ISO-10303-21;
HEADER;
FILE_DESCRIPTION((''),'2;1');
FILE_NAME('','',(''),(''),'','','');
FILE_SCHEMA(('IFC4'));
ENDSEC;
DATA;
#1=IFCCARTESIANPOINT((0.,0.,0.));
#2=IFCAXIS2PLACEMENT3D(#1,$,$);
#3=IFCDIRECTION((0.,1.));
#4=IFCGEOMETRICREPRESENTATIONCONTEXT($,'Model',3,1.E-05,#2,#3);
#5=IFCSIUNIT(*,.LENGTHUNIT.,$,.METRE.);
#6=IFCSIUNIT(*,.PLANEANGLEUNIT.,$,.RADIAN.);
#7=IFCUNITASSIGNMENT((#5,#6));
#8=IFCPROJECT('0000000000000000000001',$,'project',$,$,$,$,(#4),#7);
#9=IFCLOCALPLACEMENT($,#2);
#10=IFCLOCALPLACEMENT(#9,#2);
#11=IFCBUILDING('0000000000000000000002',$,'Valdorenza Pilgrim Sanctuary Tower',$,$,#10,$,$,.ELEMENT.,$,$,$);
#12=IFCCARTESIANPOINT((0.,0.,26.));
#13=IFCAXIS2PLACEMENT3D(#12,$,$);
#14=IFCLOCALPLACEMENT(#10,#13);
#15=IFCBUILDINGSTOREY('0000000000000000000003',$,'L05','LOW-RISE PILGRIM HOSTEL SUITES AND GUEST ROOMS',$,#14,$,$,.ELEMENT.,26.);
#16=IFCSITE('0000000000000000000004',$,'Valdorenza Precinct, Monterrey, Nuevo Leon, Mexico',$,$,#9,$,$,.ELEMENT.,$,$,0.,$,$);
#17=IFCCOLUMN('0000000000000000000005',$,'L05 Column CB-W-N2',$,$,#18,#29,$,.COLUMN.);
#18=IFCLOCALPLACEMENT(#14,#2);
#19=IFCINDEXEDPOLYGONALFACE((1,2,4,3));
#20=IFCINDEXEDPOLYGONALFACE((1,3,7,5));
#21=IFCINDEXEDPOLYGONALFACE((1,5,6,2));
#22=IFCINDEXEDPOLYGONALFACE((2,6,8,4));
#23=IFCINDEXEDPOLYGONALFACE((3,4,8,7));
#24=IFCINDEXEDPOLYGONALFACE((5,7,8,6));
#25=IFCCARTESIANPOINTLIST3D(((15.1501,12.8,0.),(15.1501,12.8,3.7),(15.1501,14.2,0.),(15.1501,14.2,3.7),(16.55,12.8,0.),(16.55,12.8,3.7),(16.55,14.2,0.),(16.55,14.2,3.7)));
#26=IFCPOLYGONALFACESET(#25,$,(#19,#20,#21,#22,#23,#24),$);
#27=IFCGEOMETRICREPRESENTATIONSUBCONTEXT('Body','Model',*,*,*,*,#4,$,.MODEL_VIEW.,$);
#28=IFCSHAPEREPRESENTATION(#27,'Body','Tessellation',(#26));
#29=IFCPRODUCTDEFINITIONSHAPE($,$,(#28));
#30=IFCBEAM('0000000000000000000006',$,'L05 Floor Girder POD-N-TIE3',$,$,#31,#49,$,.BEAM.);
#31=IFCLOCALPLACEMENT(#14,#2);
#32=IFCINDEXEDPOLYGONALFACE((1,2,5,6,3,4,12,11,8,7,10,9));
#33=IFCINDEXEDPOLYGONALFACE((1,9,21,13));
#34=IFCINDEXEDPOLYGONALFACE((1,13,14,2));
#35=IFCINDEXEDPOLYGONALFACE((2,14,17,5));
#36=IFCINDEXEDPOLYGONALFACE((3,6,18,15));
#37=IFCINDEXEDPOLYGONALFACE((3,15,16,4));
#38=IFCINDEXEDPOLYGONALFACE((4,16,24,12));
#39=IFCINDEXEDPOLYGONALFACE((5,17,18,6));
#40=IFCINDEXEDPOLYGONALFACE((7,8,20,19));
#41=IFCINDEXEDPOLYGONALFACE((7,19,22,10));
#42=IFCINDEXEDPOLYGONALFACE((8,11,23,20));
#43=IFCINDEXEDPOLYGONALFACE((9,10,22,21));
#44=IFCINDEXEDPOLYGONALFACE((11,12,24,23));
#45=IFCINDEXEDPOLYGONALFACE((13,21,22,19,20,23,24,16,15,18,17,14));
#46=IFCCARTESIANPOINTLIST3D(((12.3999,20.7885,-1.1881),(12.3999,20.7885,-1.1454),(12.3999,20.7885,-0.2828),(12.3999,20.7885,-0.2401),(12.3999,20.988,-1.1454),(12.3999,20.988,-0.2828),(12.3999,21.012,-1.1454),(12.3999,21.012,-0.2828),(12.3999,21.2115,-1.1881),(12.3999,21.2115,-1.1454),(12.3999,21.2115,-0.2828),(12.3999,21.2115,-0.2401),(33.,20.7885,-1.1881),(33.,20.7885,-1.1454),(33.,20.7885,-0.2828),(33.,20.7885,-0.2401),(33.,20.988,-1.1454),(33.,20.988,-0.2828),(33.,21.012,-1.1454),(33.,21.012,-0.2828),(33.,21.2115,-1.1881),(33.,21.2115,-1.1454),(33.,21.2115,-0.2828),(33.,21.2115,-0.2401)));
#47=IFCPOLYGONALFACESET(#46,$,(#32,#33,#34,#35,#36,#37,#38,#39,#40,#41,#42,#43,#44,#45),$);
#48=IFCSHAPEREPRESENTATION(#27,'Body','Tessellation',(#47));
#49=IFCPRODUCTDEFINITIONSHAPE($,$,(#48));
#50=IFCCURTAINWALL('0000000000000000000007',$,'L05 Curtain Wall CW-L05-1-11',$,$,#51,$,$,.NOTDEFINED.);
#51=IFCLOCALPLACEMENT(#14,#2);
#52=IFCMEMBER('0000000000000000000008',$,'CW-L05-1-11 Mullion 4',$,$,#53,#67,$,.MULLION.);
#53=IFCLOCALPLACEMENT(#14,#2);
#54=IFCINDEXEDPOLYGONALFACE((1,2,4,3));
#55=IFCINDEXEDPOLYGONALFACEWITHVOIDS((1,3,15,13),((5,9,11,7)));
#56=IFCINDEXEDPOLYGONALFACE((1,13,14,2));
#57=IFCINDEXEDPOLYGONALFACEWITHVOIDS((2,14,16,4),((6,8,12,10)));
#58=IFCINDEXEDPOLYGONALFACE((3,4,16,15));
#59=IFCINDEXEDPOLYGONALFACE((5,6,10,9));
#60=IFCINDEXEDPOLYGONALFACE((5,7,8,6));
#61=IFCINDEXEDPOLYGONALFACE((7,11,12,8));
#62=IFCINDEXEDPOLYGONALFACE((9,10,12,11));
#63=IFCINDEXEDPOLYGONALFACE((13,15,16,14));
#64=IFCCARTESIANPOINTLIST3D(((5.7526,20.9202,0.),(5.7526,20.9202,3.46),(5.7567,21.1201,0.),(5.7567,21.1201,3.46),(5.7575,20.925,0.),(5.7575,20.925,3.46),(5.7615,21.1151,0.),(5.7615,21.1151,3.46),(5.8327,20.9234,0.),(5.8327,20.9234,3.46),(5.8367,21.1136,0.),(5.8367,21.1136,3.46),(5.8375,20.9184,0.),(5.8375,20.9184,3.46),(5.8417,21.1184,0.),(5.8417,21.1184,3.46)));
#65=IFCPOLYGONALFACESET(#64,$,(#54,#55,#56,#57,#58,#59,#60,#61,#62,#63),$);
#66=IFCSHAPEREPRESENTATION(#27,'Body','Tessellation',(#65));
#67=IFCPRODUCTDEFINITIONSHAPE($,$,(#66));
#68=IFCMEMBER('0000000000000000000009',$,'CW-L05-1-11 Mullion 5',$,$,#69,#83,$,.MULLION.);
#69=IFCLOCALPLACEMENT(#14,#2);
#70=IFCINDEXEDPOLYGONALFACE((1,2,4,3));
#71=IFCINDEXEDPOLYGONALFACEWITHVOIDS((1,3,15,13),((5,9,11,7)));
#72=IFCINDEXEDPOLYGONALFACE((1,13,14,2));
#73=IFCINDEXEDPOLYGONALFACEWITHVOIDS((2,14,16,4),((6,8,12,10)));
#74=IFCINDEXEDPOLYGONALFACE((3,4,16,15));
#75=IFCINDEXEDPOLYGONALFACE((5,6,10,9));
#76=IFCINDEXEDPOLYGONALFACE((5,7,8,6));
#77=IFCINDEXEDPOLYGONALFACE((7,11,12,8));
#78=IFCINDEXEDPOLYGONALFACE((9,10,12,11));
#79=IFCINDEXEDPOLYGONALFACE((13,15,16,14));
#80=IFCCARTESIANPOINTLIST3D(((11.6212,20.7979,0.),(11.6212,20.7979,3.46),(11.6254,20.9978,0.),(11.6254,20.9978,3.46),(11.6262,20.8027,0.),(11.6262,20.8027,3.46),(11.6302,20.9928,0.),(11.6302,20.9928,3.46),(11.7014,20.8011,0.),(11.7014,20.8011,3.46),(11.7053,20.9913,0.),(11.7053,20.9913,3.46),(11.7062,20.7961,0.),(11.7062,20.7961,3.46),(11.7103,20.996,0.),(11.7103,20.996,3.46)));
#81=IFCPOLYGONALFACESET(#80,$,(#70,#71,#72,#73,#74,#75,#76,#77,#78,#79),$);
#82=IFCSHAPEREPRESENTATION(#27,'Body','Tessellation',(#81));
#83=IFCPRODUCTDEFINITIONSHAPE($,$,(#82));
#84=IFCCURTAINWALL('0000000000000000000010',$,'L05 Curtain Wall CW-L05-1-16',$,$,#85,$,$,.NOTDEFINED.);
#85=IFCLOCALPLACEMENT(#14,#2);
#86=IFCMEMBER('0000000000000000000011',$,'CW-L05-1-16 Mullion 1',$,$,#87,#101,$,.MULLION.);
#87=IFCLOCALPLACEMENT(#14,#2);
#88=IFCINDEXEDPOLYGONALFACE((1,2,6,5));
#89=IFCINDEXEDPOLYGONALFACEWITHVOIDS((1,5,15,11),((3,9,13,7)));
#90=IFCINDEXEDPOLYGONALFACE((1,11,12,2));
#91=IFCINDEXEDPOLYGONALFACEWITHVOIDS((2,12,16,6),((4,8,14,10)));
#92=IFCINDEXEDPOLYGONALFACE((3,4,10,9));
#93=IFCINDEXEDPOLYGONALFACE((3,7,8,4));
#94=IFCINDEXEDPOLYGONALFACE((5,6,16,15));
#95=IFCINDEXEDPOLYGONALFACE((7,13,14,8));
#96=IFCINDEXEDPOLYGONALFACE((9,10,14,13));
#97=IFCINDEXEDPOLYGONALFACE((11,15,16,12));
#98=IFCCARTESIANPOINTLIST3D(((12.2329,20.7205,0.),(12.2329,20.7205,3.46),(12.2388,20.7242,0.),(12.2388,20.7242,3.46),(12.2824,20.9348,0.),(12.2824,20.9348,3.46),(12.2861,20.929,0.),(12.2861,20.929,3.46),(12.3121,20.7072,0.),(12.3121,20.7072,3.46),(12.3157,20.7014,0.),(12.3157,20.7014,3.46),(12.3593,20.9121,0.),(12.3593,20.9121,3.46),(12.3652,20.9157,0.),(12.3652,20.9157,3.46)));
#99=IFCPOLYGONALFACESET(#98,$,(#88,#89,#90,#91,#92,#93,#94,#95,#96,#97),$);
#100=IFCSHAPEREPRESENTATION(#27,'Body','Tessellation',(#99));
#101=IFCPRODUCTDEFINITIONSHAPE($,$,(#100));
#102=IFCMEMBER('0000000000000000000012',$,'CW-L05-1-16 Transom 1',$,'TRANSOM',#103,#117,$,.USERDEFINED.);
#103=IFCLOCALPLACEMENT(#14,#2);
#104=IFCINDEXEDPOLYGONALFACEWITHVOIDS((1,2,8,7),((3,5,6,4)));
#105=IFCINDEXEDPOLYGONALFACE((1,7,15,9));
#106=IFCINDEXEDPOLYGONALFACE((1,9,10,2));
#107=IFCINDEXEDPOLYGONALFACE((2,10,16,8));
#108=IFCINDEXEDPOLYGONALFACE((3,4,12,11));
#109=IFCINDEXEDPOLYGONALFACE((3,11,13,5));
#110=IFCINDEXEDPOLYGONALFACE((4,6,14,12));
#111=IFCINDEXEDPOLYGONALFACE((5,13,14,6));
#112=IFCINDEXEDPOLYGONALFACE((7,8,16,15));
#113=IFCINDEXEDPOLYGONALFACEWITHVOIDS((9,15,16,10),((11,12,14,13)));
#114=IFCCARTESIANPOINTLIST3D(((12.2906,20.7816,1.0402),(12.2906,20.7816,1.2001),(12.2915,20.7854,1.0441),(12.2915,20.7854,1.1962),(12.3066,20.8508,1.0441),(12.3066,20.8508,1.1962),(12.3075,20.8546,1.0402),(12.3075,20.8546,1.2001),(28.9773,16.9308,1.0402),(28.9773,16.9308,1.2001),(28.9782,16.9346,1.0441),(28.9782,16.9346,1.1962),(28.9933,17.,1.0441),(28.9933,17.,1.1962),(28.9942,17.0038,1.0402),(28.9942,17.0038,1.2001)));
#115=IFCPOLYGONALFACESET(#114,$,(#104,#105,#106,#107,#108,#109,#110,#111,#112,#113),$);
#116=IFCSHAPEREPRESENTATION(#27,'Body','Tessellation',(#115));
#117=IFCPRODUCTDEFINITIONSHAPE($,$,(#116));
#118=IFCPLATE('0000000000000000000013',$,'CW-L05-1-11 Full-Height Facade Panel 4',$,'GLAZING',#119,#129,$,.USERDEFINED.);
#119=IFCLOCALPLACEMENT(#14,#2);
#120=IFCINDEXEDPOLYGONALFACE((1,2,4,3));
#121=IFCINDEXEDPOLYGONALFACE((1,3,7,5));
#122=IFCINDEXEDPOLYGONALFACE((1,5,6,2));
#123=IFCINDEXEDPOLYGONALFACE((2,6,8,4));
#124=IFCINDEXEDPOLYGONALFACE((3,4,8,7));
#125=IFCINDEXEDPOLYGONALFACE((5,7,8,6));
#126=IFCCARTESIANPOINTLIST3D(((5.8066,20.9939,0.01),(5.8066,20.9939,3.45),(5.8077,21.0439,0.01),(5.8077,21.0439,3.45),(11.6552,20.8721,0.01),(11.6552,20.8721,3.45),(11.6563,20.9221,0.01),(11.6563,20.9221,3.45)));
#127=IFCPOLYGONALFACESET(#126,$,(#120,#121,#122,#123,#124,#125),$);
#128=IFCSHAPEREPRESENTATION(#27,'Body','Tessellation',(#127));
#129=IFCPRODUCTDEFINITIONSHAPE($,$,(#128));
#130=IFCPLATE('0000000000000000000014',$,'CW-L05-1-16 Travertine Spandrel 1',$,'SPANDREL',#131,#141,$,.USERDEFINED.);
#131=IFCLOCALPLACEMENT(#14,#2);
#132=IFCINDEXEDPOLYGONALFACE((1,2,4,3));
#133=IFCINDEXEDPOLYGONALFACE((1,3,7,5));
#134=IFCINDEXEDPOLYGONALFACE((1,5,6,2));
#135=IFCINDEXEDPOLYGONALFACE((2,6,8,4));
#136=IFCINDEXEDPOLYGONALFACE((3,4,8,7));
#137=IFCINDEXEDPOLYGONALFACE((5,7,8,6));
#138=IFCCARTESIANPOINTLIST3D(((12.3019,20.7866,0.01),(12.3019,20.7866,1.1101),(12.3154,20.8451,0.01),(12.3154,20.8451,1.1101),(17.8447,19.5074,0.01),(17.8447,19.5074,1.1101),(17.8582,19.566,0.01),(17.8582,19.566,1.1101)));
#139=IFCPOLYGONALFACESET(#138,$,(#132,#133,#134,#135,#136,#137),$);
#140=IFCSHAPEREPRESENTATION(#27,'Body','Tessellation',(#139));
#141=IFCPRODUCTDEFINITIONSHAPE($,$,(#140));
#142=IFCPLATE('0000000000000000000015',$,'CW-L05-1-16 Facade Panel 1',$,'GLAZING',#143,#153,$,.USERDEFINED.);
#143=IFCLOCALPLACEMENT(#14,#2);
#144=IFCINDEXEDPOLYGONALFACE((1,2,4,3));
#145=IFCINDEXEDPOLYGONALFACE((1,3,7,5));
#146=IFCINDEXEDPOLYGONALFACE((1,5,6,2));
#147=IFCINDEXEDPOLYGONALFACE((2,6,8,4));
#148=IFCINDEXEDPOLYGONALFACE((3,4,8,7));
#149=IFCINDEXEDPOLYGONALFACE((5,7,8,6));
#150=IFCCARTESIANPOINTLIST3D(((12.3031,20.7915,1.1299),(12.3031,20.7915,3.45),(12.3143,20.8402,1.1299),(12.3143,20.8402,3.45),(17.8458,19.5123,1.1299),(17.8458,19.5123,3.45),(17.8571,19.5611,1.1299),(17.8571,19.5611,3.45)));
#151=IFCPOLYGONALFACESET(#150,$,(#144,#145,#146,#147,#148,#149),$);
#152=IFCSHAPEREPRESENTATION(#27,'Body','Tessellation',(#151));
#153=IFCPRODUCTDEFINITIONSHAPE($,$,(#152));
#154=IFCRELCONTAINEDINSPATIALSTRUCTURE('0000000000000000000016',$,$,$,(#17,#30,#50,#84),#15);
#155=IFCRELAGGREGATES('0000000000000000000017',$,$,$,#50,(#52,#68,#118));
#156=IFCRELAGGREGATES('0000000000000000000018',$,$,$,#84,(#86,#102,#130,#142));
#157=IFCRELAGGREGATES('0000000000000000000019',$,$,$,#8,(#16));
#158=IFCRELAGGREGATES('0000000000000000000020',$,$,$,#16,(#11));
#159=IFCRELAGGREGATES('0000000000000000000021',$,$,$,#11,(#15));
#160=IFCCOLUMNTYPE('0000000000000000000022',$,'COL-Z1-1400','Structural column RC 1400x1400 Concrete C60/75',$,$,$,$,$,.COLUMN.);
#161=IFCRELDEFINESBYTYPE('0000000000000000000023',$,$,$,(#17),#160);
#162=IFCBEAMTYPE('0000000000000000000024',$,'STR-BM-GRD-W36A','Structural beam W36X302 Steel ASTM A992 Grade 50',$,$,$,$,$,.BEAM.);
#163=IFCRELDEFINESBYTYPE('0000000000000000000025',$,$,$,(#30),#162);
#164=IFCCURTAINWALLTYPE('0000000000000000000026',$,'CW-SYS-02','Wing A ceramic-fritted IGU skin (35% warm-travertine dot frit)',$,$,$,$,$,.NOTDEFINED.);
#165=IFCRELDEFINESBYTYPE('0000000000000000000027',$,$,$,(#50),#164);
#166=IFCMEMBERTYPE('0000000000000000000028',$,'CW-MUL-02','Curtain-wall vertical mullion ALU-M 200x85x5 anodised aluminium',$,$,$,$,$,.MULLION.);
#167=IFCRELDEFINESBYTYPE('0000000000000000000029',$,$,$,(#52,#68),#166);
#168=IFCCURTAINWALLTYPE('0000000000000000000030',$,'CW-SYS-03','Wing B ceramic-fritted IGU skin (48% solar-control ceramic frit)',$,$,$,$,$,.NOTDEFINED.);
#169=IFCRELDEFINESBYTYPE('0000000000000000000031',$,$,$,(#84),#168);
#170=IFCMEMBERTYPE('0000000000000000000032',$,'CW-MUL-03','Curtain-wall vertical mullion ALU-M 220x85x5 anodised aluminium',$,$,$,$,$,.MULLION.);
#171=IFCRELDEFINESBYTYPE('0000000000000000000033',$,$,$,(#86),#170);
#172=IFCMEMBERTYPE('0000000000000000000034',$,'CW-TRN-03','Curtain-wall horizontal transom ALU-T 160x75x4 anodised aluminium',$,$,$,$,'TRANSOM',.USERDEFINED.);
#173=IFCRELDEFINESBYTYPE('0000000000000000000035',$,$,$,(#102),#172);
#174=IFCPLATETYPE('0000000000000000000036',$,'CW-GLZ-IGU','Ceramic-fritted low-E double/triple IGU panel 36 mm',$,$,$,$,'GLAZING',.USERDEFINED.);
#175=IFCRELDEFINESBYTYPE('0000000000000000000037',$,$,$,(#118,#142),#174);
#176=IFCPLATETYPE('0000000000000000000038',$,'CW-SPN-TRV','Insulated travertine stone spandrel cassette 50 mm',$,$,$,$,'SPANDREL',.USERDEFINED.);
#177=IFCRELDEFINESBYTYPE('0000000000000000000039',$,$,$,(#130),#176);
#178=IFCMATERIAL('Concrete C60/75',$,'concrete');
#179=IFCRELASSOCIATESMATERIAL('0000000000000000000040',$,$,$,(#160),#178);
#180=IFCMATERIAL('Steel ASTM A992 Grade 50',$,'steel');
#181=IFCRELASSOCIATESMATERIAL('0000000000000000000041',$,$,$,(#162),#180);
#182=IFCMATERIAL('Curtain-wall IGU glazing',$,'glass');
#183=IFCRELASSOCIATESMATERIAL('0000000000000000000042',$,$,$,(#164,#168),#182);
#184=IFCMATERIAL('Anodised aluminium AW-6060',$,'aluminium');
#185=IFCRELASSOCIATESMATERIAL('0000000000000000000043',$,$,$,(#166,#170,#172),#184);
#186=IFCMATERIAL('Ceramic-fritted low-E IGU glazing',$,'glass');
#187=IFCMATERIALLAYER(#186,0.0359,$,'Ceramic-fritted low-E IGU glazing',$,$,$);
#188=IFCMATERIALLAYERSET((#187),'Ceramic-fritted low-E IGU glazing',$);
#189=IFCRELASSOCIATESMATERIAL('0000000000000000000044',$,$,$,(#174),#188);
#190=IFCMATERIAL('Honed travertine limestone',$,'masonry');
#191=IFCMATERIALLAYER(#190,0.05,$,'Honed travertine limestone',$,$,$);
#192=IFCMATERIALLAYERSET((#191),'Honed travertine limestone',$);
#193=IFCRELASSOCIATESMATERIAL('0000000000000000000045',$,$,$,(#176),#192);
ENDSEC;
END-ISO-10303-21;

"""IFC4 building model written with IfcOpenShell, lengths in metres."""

from ifc_helpers import new_model, si_unit, direction, frame, origin, origin_2d, place, context, subcontext, project, spatial, rectangle, hollow_rectangle, i_section, extrude, source, transform, mapped, material, layer, layer_set, material_profile, profile_set, type_object, element, aggregate, save


model = new_model("IFC4")

# Units and contexts
model_context = context("Model", 3, precision=1e-05, world=origin(), true_north=direction((0.0, 1.0)))
body_context = subcontext(model_context, "Body", "Model", "MODEL_VIEW")
ifc_project = project(units=[si_unit("LENGTHUNIT", "METRE"), si_unit("PLANEANGLEUNIT", "RADIAN")], contexts=[model_context])

# Site, building, storey
site_placement = place(None, origin())
site = spatial("IfcSite", under=ifc_project, at=site_placement, Name="Valdorenza Precinct, Monterrey, Nuevo Leon, Mexico", CompositionType="ELEMENT", RefElevation=0.0)
building_placement = place(site_placement, origin())
building = spatial("IfcBuilding", under=site, at=building_placement, Name="Valdorenza Pilgrim Sanctuary Tower", CompositionType="ELEMENT")
storey_placement = place(building_placement, frame((0.0, 0.0, 26.0)))
storey = spatial("IfcBuildingStorey", under=building, at=storey_placement, Name="L05", Description="LOW-RISE PILGRIM HOSTEL SUITES AND GUEST ROOMS", CompositionType="ELEMENT", Elevation=26.0)

# Column
ifc_material_1 = material(Name="Concrete C60/75", Category="concrete")
ifc_material_profile_1 = material_profile(ifc_material_1, rectangle(XDim=1.3999, YDim=1.3999, at=origin_2d()), Name="RC 1400x1400")
ifc_profile_set_1 = profile_set([ifc_material_profile_1], Name="Concrete C60/75")
column_type = type_object("IfcColumnType", Name="COL-Z1-1400", Description="Structural column RC 1400x1400 Concrete C60/75", PredefinedType="COLUMN", material=ifc_profile_set_1)
shared_shape_1 = source(origin(), body_context, "Body", "SweptSolid", [
    extrude(rectangle(XDim=1.3999, YDim=1.3999, at=origin_2d()), origin(), (0.0, 0.0, 1.0), 3.7),
])
column_placement = place(storey_placement, frame((15.8501, 13.5, 0.0), z_axis=(0.0, 0.0, 1.0), x_axis=(1.0, 0.0, 0.0)))
element("IfcColumn", 1, at=column_placement, inside=storey, type_object=column_type, Name="L05 Column CB-W-N2", PredefinedType="COLUMN", context=body_context, shape_type="MappedRepresentation", body=[
    mapped(shared_shape_1, transform((0.0, 0.0, 0.0), x_axis=(1.0, 0.0, 0.0), y_axis=(0.0, 1.0, 0.0), z_axis=(0.0, 0.0, 1.0), scale=1.0)),
])

# Beam
ifc_material_2 = material(Name="Steel ASTM A992 Grade 50", Category="steel")
ifc_material_profile_2 = material_profile(ifc_material_2, i_section(OverallWidth=0.4231, OverallDepth=0.948, WebThickness=0.0239, FlangeThickness=0.0427, at=origin_2d()), Name="W36X302")
ifc_profile_set_2 = profile_set([ifc_material_profile_2], Name="Steel ASTM A992 Grade 50")
beam_type = type_object("IfcBeamType", Name="STR-BM-GRD-W36A", Description="Structural beam W36X302 Steel ASTM A992 Grade 50", PredefinedType="BEAM", material=ifc_profile_set_2)
shared_shape_2 = source(origin(), body_context, "Body", "SweptSolid", [
    extrude(i_section(OverallWidth=0.4231, OverallDepth=0.948, WebThickness=0.0239, FlangeThickness=0.0427, at=origin_2d()), origin(), (0.0, 0.0, 1.0), 20.6001),
])
beam_placement = place(storey_placement, frame((12.3999, 21.0, -0.7141), z_axis=(1.0, 0.0, 0.0), x_axis=(0.0, 1.0, 0.0)))
element("IfcBeam", 2, at=beam_placement, inside=storey, type_object=beam_type, Name="L05 Floor Girder POD-N-TIE3", PredefinedType="BEAM", context=body_context, shape_type="MappedRepresentation", body=[
    mapped(shared_shape_2, transform((0.0, 0.0, 0.0), x_axis=(1.0, 0.0, 0.0), y_axis=(0.0, 1.0, 0.0), z_axis=(0.0, 0.0, 1.0), scale=1.0)),
])

# Curtain walls, members
ifc_material_3 = material(Name="Curtain-wall IGU glazing", Category="glass")
curtain_wall_type_1 = type_object("IfcCurtainWallType", Name="CW-SYS-02", Description="Wing A ceramic-fritted IGU skin (35% warm-travertine dot frit)", PredefinedType="NOTDEFINED", material=ifc_material_3)
curtain_wall_1_placement = place(storey_placement, origin())
curtain_wall_1 = element("IfcCurtainWall", 3, at=curtain_wall_1_placement, inside=storey, type_object=curtain_wall_type_1, Name="L05 Curtain Wall CW-L05-1-11", PredefinedType="NOTDEFINED")
ifc_material_4 = material(Name="Anodised aluminium AW-6060", Category="aluminium")
ifc_material_profile_3 = material_profile(ifc_material_4, hollow_rectangle(XDim=0.085, YDim=0.2, WallThickness=0.0049, at=origin_2d()), Name="ALU-M 200x85x5")
ifc_profile_set_3 = profile_set([ifc_material_profile_3], Name="Anodised aluminium AW-6060")
member_type_1 = type_object("IfcMemberType", Name="CW-MUL-02", Description="Curtain-wall vertical mullion ALU-M 200x85x5 anodised aluminium", PredefinedType="MULLION", material=ifc_profile_set_3)
shared_shape_3 = source(origin(), body_context, "Body", "SweptSolid", [
    extrude(hollow_rectangle(XDim=0.085, YDim=0.2, WallThickness=0.0049, at=origin_2d()), origin(), (0.0, 0.0, 1.0), 3.46),
])
member_1_placement = place(storey_placement, frame((5.7971, 21.0193, 0.0), z_axis=(0.0, 0.0, 1.0), x_axis=(0.999783, -0.02082, 0.0)))
member_1 = element("IfcMember", 4, at=member_1_placement, type_object=member_type_1, Name="CW-L05-1-11 Mullion 4", PredefinedType="MULLION", context=body_context, shape_type="MappedRepresentation", body=[
    mapped(shared_shape_3, transform((0.0, 0.0, 0.0), x_axis=(1.0, 0.0, 0.0), y_axis=(0.0, 1.0, 0.0), z_axis=(0.0, 0.0, 1.0), scale=1.0)),
])
member_2_placement = place(storey_placement, frame((11.6658, 20.897, 0.0), z_axis=(0.0, 0.0, 1.0), x_axis=(0.999783, -0.02082, 0.0)))
member_2 = element("IfcMember", 5, at=member_2_placement, type_object=member_type_1, Name="CW-L05-1-11 Mullion 5", PredefinedType="MULLION", context=body_context, shape_type="MappedRepresentation", body=[
    mapped(shared_shape_3, transform((0.0, 0.0, 0.0), x_axis=(1.0, 0.0, 0.0), y_axis=(0.0, 1.0, 0.0), z_axis=(0.0, 0.0, 1.0), scale=1.0)),
])
curtain_wall_type_2 = type_object("IfcCurtainWallType", Name="CW-SYS-03", Description="Wing B ceramic-fritted IGU skin (48% solar-control ceramic frit)", PredefinedType="NOTDEFINED", material=ifc_material_3)
curtain_wall_2_placement = place(storey_placement, origin())
curtain_wall_2 = element("IfcCurtainWall", 6, at=curtain_wall_2_placement, inside=storey, type_object=curtain_wall_type_2, Name="L05 Curtain Wall CW-L05-1-16", PredefinedType="NOTDEFINED")
ifc_material_profile_4 = material_profile(ifc_material_4, hollow_rectangle(XDim=0.085, YDim=0.22, WallThickness=0.0049, at=origin_2d()), Name="ALU-M 220x85x5")
ifc_profile_set_4 = profile_set([ifc_material_profile_4], Name="Anodised aluminium AW-6060")
member_type_2 = type_object("IfcMemberType", Name="CW-MUL-03", Description="Curtain-wall vertical mullion ALU-M 220x85x5 anodised aluminium", PredefinedType="MULLION", material=ifc_profile_set_4)
shared_shape_4 = source(origin(), body_context, "Body", "SweptSolid", [
    extrude(hollow_rectangle(XDim=0.085, YDim=0.22, WallThickness=0.0049, at=origin_2d()), origin(), (0.0, 0.0, 1.0), 3.46),
])
member_3_placement = place(storey_placement, frame((12.2991, 20.8181, 0.0), z_axis=(0.0, 0.0, 1.0), x_axis=(0.97439, -0.224866, 0.0)))
member_3 = element("IfcMember", 7, at=member_3_placement, type_object=member_type_2, Name="CW-L05-1-16 Mullion 1", PredefinedType="MULLION", context=body_context, shape_type="MappedRepresentation", body=[
    mapped(shared_shape_4, transform((0.0, 0.0, 0.0), x_axis=(1.0, 0.0, 0.0), y_axis=(0.0, 1.0, 0.0), z_axis=(0.0, 0.0, 1.0), scale=1.0)),
])
ifc_material_profile_5 = material_profile(ifc_material_4, hollow_rectangle(XDim=0.075, YDim=0.1599, WallThickness=0.0039, at=origin_2d()), Name="ALU-T 160x75x4")
ifc_profile_set_5 = profile_set([ifc_material_profile_5], Name="Anodised aluminium AW-6060")
member_type_3 = type_object("IfcMemberType", Name="CW-TRN-03", Description="Curtain-wall horizontal transom ALU-T 160x75x4 anodised aluminium", ElementType="TRANSOM", PredefinedType="USERDEFINED", material=ifc_profile_set_5)
shared_shape_5 = source(origin(), body_context, "Body", "SweptSolid", [
    extrude(hollow_rectangle(XDim=0.075, YDim=0.1599, WallThickness=0.0039, at=origin_2d()), origin(), (0.0, 0.0, 1.0), 17.1252),
])
member_4_placement = place(storey_placement, frame((12.2991, 20.8181, 1.1201), z_axis=(0.974391, -0.224862, 0.0), x_axis=(0.224862, 0.974391, 0.0)))
member_4 = element("IfcMember", 8, at=member_4_placement, type_object=member_type_3, Name="CW-L05-1-16 Transom 1", ObjectType="TRANSOM", PredefinedType="USERDEFINED", context=body_context, shape_type="MappedRepresentation", body=[
    mapped(shared_shape_5, transform((0.0, 0.0, 0.0), x_axis=(1.0, 0.0, 0.0), y_axis=(0.0, 1.0, 0.0), z_axis=(0.0, 0.0, 1.0), scale=1.0)),
])

# Plates
ifc_material_5 = material(Name="Ceramic-fritted low-E IGU glazing", Category="glass")
ifc_layer_1 = layer(ifc_material_5, 0.0359, Name="Ceramic-fritted low-E IGU glazing")
ifc_layer_set_1 = layer_set([ifc_layer_1], Name="Ceramic-fritted low-E IGU glazing")
plate_type_1 = type_object("IfcPlateType", Name="CW-GLZ-IGU", Description="Ceramic-fritted low-E double/triple IGU panel 36 mm", ElementType="GLAZING", PredefinedType="USERDEFINED", material=ifc_layer_set_1)
shared_shape_6 = source(origin(), body_context, "Body", "SweptSolid", [
    extrude(rectangle(XDim=5.8499, YDim=0.05, at=origin_2d()), origin(), (0.0, 0.0, 1.0), 3.4399),
])
plate_1_placement = place(storey_placement, frame((8.7314, 20.958, 0.01), z_axis=(0.0, 0.0, 1.0), x_axis=(0.999783, -0.02082, 0.0)))
plate_1 = element("IfcPlate", 9, at=plate_1_placement, type_object=plate_type_1, Name="CW-L05-1-11 Full-Height Facade Panel 4", ObjectType="GLAZING", PredefinedType="USERDEFINED", context=body_context, shape_type="MappedRepresentation", body=[
    mapped(shared_shape_6, transform((0.0, 0.0, 0.0), x_axis=(1.0, 0.0, 0.0), y_axis=(0.0, 1.0, 0.0), z_axis=(0.0, 0.0, 1.0), scale=1.0)),
])
aggregate(curtain_wall_1, [member_1, member_2, plate_1])
ifc_material_6 = material(Name="Honed travertine limestone", Category="masonry")
ifc_layer_2 = layer(ifc_material_6, 0.05, Name="Honed travertine limestone")
ifc_layer_set_2 = layer_set([ifc_layer_2], Name="Honed travertine limestone")
plate_type_2 = type_object("IfcPlateType", Name="CW-SPN-TRV", Description="Insulated travertine stone spandrel cassette 50 mm", ElementType="SPANDREL", PredefinedType="USERDEFINED", material=ifc_layer_set_2)
shared_shape_7 = source(origin(), body_context, "Body", "SweptSolid", [
    extrude(rectangle(XDim=5.6885, YDim=0.0601, at=origin_2d()), origin(), (0.0, 0.0, 1.0), 1.1001),
])
plate_2_placement = place(storey_placement, frame((15.0801, 20.1763, 0.01), z_axis=(0.0, 0.0, 1.0), x_axis=(0.97439, -0.224866, 0.0)))
plate_2 = element("IfcPlate", 10, at=plate_2_placement, type_object=plate_type_2, Name="CW-L05-1-16 Travertine Spandrel 1", ObjectType="SPANDREL", PredefinedType="USERDEFINED", context=body_context, shape_type="MappedRepresentation", body=[
    mapped(shared_shape_7, transform((0.0, 0.0, 0.0), x_axis=(1.0, 0.0, 0.0), y_axis=(0.0, 1.0, 0.0), z_axis=(0.0, 0.0, 1.0), scale=1.0)),
])
shared_shape_8 = source(origin(), body_context, "Body", "SweptSolid", [
    extrude(rectangle(XDim=5.6885, YDim=0.05, at=origin_2d()), origin(), (0.0, 0.0, 1.0), 2.3201),
])
plate_3_placement = place(storey_placement, frame((15.0801, 20.1763, 1.1299), z_axis=(0.0, 0.0, 1.0), x_axis=(0.97439, -0.224866, 0.0)))
plate_3 = element("IfcPlate", 11, at=plate_3_placement, type_object=plate_type_1, Name="CW-L05-1-16 Facade Panel 1", ObjectType="GLAZING", PredefinedType="USERDEFINED", context=body_context, shape_type="MappedRepresentation", body=[
    mapped(shared_shape_8, transform((0.0, 0.0, 0.0), x_axis=(1.0, 0.0, 0.0), y_axis=(0.0, 1.0, 0.0), z_axis=(0.0, 0.0, 1.0), scale=1.0)),
])
aggregate(curtain_wall_2, [member_3, member_4, plate_2, plate_3])

save(model, "model.ifc")
